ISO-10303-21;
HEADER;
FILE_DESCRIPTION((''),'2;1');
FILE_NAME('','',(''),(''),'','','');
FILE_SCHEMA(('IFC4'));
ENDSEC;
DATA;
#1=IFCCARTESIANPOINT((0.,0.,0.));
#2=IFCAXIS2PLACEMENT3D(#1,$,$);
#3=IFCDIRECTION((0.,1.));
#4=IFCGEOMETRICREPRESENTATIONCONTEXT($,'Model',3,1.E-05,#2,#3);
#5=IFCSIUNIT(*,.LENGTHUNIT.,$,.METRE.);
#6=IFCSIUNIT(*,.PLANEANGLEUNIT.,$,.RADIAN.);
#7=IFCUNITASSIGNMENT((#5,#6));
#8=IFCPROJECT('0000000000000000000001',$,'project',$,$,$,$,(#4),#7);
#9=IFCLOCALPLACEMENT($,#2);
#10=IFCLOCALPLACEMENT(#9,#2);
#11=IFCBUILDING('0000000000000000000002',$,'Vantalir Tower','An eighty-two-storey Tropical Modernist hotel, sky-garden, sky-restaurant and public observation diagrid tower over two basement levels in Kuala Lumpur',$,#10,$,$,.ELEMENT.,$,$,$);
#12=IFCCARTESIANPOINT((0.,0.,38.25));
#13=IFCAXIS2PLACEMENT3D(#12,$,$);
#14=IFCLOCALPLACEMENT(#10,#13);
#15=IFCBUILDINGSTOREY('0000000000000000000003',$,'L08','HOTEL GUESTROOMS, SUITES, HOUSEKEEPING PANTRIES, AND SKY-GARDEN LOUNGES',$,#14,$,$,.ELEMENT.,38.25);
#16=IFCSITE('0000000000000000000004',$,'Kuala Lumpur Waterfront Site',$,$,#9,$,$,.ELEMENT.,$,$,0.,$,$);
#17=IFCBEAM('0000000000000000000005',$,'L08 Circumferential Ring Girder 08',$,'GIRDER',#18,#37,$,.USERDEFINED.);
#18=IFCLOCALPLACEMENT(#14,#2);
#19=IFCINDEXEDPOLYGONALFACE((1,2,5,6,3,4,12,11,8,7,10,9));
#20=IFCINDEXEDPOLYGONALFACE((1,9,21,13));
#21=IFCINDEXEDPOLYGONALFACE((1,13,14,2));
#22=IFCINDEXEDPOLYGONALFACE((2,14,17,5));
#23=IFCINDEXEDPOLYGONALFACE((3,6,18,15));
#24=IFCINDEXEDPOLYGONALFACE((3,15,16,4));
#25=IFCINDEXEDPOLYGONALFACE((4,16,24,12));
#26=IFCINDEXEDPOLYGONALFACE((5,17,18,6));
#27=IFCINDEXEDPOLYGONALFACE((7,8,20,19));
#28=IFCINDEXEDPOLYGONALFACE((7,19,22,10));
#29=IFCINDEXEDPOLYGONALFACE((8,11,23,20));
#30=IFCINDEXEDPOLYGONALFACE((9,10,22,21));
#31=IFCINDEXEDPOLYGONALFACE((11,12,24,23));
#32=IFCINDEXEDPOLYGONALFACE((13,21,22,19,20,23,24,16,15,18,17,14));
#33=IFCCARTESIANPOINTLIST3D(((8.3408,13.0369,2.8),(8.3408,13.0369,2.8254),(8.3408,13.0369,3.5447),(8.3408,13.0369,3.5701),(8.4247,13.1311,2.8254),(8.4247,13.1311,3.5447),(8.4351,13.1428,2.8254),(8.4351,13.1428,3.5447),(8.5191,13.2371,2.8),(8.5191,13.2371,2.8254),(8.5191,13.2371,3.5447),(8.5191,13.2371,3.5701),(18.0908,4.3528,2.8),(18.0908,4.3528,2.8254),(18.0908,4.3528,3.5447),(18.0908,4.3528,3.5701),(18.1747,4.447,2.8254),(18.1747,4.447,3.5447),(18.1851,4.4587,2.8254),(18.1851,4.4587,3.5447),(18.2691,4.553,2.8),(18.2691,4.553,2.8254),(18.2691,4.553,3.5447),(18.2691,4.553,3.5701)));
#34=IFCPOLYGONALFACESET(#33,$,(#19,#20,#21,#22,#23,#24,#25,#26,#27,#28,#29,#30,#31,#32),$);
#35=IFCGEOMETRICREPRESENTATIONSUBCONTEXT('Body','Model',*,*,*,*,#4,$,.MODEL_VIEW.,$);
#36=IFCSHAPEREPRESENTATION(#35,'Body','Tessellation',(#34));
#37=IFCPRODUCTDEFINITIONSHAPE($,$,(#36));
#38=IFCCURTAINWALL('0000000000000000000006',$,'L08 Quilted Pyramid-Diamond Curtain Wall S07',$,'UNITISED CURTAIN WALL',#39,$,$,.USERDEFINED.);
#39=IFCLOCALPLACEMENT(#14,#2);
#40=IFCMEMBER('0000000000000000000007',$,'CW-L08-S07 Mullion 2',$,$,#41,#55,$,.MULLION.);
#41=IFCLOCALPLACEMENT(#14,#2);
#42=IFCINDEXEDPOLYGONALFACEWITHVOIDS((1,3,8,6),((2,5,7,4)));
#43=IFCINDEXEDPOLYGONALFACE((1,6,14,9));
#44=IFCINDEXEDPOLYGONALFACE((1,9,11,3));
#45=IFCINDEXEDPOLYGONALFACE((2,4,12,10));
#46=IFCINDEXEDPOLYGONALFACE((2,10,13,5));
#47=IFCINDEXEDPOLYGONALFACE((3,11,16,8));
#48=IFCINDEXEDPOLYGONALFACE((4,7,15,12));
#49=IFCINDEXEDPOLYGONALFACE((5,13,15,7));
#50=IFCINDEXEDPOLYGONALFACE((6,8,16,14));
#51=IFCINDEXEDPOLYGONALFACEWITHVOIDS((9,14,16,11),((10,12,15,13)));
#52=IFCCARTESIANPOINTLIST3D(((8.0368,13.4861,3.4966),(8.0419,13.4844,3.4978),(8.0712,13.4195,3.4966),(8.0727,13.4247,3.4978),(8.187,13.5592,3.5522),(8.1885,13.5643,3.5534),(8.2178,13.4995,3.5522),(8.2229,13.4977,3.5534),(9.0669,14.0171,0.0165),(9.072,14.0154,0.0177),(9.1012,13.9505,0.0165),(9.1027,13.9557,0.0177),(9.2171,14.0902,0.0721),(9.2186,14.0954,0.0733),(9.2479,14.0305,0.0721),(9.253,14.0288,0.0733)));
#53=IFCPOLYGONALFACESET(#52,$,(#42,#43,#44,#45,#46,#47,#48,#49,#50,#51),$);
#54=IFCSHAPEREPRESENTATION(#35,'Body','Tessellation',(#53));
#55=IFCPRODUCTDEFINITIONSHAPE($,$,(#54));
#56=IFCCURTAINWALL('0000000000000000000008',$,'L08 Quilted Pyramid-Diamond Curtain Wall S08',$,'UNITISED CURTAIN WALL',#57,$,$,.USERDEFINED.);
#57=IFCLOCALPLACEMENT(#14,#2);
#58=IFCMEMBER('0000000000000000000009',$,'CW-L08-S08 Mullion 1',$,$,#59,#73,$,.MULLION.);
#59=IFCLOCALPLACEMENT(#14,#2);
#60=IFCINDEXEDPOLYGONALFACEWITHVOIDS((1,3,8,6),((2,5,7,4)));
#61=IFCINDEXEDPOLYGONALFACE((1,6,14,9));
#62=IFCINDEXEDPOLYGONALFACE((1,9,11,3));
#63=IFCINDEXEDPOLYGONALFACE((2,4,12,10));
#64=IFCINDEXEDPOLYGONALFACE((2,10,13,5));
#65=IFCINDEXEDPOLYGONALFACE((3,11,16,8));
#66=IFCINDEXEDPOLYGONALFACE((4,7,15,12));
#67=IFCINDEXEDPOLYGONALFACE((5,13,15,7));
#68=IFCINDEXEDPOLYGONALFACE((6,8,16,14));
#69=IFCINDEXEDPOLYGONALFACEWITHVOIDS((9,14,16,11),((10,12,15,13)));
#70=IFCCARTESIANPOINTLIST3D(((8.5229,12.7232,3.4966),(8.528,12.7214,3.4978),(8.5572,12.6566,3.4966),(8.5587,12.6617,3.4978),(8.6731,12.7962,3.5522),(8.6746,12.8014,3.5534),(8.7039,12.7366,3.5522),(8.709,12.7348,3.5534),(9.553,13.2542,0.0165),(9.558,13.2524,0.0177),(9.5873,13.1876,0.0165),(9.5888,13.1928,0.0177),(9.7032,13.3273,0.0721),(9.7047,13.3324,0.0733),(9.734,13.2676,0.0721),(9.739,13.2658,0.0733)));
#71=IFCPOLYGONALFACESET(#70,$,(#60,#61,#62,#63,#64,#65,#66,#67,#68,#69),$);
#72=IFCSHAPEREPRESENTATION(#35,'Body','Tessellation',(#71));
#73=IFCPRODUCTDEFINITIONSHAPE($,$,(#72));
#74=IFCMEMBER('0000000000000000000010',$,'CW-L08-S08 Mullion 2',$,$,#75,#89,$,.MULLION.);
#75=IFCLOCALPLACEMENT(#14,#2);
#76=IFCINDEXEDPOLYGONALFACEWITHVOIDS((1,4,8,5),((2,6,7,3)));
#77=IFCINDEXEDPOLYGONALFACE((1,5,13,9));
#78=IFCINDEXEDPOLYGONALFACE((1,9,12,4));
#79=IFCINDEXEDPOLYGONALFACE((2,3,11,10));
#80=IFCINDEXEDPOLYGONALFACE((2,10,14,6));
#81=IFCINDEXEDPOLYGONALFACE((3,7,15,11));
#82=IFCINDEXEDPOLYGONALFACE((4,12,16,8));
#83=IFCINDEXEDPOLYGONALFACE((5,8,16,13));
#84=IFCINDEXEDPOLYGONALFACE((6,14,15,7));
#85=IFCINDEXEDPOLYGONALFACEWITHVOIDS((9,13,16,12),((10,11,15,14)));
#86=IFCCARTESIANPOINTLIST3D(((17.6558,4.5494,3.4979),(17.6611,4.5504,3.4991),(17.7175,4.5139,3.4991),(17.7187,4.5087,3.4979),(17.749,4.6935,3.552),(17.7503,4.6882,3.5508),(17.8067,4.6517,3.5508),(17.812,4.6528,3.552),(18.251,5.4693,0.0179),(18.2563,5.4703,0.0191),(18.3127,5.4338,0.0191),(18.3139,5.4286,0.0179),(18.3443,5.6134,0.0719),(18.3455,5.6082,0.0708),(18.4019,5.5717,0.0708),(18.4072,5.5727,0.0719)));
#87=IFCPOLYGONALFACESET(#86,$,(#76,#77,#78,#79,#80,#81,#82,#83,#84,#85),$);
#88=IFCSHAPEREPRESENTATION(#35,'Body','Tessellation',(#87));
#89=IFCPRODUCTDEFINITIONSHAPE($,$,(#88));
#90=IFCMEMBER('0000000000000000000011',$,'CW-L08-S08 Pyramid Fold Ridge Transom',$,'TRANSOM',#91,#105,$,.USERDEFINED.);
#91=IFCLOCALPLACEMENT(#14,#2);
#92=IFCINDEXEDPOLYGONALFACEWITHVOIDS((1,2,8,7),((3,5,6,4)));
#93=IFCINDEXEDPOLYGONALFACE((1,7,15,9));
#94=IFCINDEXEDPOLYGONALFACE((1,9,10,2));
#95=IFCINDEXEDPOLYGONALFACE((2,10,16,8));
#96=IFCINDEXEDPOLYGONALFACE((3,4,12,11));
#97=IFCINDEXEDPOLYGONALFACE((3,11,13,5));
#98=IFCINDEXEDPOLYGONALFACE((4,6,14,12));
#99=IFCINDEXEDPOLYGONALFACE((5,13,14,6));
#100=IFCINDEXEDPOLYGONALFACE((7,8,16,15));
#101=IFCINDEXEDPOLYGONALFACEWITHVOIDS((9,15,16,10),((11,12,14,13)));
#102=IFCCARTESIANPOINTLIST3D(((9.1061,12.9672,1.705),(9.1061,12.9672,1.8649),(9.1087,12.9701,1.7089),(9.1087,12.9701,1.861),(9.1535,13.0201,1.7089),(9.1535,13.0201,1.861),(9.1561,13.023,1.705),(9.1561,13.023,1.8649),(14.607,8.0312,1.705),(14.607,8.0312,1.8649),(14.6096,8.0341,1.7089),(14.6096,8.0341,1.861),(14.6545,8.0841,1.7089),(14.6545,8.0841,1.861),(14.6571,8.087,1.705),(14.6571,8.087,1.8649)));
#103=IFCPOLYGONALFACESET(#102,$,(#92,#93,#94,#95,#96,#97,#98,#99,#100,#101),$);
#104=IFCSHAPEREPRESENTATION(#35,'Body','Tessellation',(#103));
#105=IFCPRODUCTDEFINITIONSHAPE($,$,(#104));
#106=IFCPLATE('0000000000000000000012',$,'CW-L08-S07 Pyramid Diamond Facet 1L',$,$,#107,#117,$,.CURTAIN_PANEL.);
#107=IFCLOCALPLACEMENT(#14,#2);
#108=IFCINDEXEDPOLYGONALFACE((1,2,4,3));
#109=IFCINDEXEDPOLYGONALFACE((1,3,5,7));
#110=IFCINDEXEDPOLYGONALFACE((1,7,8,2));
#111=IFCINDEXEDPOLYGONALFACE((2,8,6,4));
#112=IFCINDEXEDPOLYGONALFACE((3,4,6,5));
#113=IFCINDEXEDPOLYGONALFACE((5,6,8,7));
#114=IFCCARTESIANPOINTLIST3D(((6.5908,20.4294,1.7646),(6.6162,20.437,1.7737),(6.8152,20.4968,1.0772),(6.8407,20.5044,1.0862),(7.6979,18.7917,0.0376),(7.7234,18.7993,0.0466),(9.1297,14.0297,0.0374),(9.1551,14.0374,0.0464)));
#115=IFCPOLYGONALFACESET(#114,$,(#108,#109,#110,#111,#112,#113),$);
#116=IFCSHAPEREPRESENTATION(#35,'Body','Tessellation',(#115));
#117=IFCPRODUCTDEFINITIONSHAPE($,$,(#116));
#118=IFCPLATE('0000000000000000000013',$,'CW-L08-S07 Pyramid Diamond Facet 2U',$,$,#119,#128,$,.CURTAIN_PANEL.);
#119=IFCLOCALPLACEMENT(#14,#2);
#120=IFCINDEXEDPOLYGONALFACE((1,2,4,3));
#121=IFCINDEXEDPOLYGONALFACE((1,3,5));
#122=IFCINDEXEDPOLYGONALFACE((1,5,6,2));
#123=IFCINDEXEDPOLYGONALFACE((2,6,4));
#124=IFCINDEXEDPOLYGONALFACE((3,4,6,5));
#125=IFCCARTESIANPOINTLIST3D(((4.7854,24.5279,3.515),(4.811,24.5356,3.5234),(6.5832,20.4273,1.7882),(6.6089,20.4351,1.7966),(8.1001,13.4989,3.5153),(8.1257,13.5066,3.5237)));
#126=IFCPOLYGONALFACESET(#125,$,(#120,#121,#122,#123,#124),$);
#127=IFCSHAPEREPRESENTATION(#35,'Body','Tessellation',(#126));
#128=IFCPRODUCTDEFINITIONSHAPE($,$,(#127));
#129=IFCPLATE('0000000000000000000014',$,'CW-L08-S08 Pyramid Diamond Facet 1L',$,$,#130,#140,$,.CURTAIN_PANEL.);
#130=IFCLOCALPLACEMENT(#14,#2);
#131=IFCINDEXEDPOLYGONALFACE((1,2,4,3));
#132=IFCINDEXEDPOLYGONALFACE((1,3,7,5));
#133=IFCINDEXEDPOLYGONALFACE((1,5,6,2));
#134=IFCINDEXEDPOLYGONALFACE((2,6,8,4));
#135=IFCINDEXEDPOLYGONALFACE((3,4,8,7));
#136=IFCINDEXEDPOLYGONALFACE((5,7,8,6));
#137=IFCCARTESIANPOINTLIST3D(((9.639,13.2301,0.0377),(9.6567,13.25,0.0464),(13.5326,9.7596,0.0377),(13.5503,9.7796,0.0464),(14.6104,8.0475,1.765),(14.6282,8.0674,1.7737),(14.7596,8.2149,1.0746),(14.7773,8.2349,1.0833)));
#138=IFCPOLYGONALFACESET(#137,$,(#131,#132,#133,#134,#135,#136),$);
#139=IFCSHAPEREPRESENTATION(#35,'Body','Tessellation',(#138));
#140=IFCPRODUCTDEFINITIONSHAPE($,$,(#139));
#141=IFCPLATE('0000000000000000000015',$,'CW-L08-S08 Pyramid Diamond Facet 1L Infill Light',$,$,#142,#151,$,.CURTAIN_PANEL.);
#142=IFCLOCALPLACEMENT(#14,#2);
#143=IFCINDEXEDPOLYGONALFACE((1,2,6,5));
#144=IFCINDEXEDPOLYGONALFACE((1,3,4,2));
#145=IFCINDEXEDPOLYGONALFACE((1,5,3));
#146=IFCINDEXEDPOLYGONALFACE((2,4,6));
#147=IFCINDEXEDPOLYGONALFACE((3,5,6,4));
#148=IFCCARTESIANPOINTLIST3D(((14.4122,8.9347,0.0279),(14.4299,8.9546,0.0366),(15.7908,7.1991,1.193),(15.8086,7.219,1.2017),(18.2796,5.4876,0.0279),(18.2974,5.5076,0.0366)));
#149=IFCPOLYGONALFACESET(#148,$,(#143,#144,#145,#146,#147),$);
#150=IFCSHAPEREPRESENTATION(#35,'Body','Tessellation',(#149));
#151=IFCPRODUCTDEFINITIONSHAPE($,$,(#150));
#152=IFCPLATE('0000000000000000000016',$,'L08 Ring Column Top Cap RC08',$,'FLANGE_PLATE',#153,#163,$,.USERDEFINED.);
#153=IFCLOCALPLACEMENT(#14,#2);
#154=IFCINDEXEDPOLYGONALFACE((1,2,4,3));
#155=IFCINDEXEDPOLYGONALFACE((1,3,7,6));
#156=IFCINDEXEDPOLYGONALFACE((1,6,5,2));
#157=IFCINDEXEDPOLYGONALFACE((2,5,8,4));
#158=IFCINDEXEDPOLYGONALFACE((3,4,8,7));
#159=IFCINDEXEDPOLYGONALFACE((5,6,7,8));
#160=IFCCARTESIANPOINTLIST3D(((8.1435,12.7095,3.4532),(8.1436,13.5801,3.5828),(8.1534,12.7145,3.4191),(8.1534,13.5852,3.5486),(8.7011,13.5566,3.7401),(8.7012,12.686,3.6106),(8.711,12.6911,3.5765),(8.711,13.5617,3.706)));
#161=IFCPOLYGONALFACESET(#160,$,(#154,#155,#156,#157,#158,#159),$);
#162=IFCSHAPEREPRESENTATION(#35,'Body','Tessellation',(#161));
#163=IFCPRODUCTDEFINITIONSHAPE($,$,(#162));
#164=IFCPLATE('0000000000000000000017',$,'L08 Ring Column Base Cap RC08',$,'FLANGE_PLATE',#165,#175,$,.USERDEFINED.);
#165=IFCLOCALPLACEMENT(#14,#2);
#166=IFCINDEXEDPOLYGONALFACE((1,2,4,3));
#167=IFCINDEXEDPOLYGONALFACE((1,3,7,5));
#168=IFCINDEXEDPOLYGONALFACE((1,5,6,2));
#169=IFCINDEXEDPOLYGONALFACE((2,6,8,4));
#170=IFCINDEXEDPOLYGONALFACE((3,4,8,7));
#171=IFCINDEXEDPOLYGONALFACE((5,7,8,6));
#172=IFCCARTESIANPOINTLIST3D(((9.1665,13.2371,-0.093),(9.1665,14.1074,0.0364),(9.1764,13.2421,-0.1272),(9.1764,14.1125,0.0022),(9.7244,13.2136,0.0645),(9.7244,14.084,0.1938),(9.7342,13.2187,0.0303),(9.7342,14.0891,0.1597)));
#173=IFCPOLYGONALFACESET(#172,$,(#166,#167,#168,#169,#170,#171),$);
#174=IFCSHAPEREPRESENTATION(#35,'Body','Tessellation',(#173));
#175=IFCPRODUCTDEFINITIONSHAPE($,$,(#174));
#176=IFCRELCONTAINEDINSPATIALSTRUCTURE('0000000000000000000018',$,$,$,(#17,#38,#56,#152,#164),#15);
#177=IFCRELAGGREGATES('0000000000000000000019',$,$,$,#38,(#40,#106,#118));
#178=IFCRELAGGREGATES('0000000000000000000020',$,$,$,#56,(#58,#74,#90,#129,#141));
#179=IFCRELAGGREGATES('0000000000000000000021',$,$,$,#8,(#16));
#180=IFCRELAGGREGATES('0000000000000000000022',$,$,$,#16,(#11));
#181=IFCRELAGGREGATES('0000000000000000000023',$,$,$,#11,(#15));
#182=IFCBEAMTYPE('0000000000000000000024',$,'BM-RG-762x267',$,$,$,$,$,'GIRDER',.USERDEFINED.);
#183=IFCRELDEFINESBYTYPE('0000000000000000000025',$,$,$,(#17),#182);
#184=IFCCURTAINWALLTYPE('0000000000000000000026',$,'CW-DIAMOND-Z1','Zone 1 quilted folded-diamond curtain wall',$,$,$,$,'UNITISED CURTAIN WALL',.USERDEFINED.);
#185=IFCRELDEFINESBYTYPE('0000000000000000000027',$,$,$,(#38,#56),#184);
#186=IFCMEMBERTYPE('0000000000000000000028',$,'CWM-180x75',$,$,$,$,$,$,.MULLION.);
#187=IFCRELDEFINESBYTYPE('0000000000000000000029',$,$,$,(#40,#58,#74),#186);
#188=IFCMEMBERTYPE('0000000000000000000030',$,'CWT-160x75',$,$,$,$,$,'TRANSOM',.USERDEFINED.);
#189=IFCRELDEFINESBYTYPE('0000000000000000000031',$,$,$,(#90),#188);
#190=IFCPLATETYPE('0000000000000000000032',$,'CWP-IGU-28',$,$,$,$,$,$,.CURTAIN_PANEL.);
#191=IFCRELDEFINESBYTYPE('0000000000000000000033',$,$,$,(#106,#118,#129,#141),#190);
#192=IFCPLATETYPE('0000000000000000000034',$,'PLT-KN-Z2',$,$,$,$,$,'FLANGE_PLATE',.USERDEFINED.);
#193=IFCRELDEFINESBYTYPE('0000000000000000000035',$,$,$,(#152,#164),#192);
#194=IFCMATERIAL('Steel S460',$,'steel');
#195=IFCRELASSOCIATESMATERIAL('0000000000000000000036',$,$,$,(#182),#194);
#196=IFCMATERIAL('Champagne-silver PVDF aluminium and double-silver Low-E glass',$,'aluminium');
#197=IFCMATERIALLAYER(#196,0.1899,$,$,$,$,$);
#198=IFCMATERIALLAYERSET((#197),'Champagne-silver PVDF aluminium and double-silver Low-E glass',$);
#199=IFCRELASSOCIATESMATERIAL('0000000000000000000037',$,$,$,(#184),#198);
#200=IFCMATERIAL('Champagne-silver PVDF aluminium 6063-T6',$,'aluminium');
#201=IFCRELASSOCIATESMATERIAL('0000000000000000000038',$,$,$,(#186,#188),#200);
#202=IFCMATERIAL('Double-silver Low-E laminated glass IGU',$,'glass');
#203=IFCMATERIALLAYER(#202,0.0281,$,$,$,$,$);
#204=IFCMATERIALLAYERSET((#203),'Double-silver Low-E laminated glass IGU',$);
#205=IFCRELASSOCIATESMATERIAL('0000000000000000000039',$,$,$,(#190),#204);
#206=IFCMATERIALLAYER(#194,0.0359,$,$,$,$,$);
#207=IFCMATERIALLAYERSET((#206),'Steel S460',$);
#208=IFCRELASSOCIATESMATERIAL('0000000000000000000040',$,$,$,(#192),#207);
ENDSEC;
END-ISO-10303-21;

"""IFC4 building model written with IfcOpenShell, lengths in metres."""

from ifc_helpers import new_model, si_unit, direction, frame, origin, origin_2d, place, context, subcontext, project, spatial, polyline, hollow_rectangle, i_section, outline, extrude, material, layer, layer_set, material_profile, profile_set, type_object, element, aggregate, save


model = new_model("IFC4")

# Units and contexts
model_context = context("Model", 3, precision=1e-05, world=origin(), true_north=direction((0.0, 1.0)))
body_context = subcontext(model_context, "Body", "Model", "MODEL_VIEW")
ifc_project = project(units=[si_unit("LENGTHUNIT", "METRE"), si_unit("PLANEANGLEUNIT", "RADIAN")], contexts=[model_context])

# Site, building, storey
site_placement = place(None, origin())
site = spatial("IfcSite", under=ifc_project, at=site_placement, Name="Kuala Lumpur Waterfront Site", CompositionType="ELEMENT", RefElevation=0.0)
building_placement = place(site_placement, origin())
building = spatial("IfcBuilding", under=site, at=building_placement, Name="Vantalir Tower", Description="An eighty-two-storey Tropical Modernist hotel, sky-garden, sky-restaurant and public observation diagrid tower over two basement levels in Kuala Lumpur", CompositionType="ELEMENT")
storey_placement = place(building_placement, frame((0.0, 0.0, 38.25)))
storey = spatial("IfcBuildingStorey", under=building, at=storey_placement, Name="L08", Description="HOTEL GUESTROOMS, SUITES, HOUSEKEEPING PANTRIES, AND SKY-GARDEN LOUNGES", CompositionType="ELEMENT", Elevation=38.25)

# Shared definitions
ifc_material_1 = material(Name="Steel S460", Category="steel")

# Beam
ifc_material_profile_1 = material_profile(ifc_material_1, i_section(OverallWidth=0.2681, OverallDepth=0.77, WebThickness=0.0156, FlangeThickness=0.0254, at=origin_2d()), Name="Steel S460")
ifc_profile_set_1 = profile_set([ifc_material_profile_1], Name="Steel S460")
beam_type_1 = type_object("IfcBeamType", Name="BM-RG-762x267", ElementType="GIRDER", PredefinedType="USERDEFINED", material=ifc_profile_set_1)
beam_1_placement = place(storey_placement, frame((8.4299, 13.137, 3.1851), z_axis=(0.746747, -0.665109, 0.0), x_axis=(0.665109, 0.746747, 0.0)))
element("IfcBeam", 1, at=beam_1_placement, inside=storey, type_object=beam_type_1, Name="L08 Circumferential Ring Girder 08", ObjectType="GIRDER", PredefinedType="USERDEFINED", context=body_context, shape_type="SweptSolid", body=[
    extrude(i_section(OverallWidth=0.2681, OverallDepth=0.77, WebThickness=0.0156, FlangeThickness=0.0254, at=origin_2d()), origin(), (0.0, 0.0, 1.0), 13.0566),
])

# Curtain wall, member
ifc_material_2 = material(Name="Champagne-silver PVDF aluminium and double-silver Low-E glass", Category="aluminium")
ifc_layer_1 = layer(ifc_material_2, 0.1899)
ifc_layer_set_1 = layer_set([ifc_layer_1], Name="Champagne-silver PVDF aluminium and double-silver Low-E glass")
curtain_wall_type = type_object("IfcCurtainWallType", Name="CW-DIAMOND-Z1", Description="Zone 1 quilted folded-diamond curtain wall", ElementType="UNITISED CURTAIN WALL", PredefinedType="USERDEFINED", material=ifc_layer_set_1)
curtain_wall_1_placement = place(storey_placement, origin())
curtain_wall_1 = element("IfcCurtainWall", 2, at=curtain_wall_1_placement, inside=storey, type_object=curtain_wall_type, Name="L08 Quilted Pyramid-Diamond Curtain Wall S07", ObjectType="UNITISED CURTAIN WALL", PredefinedType="USERDEFINED")
ifc_material_3 = material(Name="Champagne-silver PVDF aluminium 6063-T6", Category="aluminium")
ifc_material_profile_2 = material_profile(ifc_material_3, hollow_rectangle(XDim=0.075, YDim=0.1799, WallThickness=0.0039, at=origin_2d()), Name="Champagne-silver PVDF aluminium 6063-T6")
ifc_profile_set_2 = profile_set([ifc_material_profile_2], Name="Champagne-silver PVDF aluminium 6063-T6")
member_type_1 = type_object("IfcMemberType", Name="CWM-180x75", PredefinedType="MULLION", material=ifc_profile_set_2)
member_1_placement = place(storey_placement, frame((9.1599, 14.0229, 0.0449), z_axis=(-0.280826, -0.144773, 0.948777), x_axis=(0.458219, -0.888839, 0.0)))
member_1 = element("IfcMember", 3, at=member_1_placement, type_object=member_type_1, Name="CW-L08-S07 Mullion 2", PredefinedType="MULLION", context=body_context, shape_type="SweptSolid", body=[
    extrude(hollow_rectangle(XDim=0.075, YDim=0.1799, WallThickness=0.0039, at=origin_2d()), origin(), (0.0, 0.0, 1.0), 3.668),
])

# Curtain wall, members
curtain_wall_2_placement = place(storey_placement, origin())
curtain_wall_2 = element("IfcCurtainWall", 4, at=curtain_wall_2_placement, inside=storey, type_object=curtain_wall_type, Name="L08 Quilted Pyramid-Diamond Curtain Wall S08", ObjectType="UNITISED CURTAIN WALL", PredefinedType="USERDEFINED")
member_2_placement = place(storey_placement, frame((9.646, 13.26, 0.0449), z_axis=(-0.280826, -0.144773, 0.948777), x_axis=(0.458219, -0.888839, 0.0)))
member_2 = element("IfcMember", 5, at=member_2_placement, type_object=member_type_1, Name="CW-L08-S08 Mullion 1", PredefinedType="MULLION", context=body_context, shape_type="SweptSolid", body=[
    extrude(hollow_rectangle(XDim=0.075, YDim=0.1799, WallThickness=0.0039, at=origin_2d()), origin(), (0.0, 0.0, 1.0), 3.668),
])
member_3_placement = place(storey_placement, frame((18.3291, 5.521, 0.0449), z_axis=(-0.163144, -0.252144, 0.953838), x_axis=(0.839582, -0.543233, 0.0)))
member_3 = element("IfcMember", 6, at=member_3_placement, type_object=member_type_1, Name="CW-L08-S08 Mullion 2", PredefinedType="MULLION", context=body_context, shape_type="SweptSolid", body=[
    extrude(hollow_rectangle(XDim=0.075, YDim=0.1799, WallThickness=0.0039, at=origin_2d()), origin(), (0.0, 0.0, 1.0), 3.6484),
])
ifc_material_profile_3 = material_profile(ifc_material_3, hollow_rectangle(XDim=0.075, YDim=0.1599, WallThickness=0.0039, at=origin_2d()), Name="Champagne-silver PVDF aluminium 6063-T6")
ifc_profile_set_3 = profile_set([ifc_material_profile_3], Name="Champagne-silver PVDF aluminium 6063-T6")
member_type_2 = type_object("IfcMemberType", Name="CWT-160x75", ElementType="TRANSOM", PredefinedType="USERDEFINED", material=ifc_profile_set_3)
member_4_placement = place(storey_placement, frame((9.1311, 12.9951, 1.7849), z_axis=(0.744292, -0.667854, 0.0), x_axis=(0.667854, 0.744292, 0.0)))
member_4 = element("IfcMember", 7, at=member_4_placement, type_object=member_type_2, Name="CW-L08-S08 Pyramid Fold Ridge Transom", ObjectType="TRANSOM", PredefinedType="USERDEFINED", context=body_context, shape_type="SweptSolid", body=[
    extrude(hollow_rectangle(XDim=0.075, YDim=0.1599, WallThickness=0.0039, at=origin_2d()), origin(), (0.0, 0.0, 1.0), 7.3909),
])

# Plates
ifc_material_4 = material(Name="Double-silver Low-E laminated glass IGU", Category="glass")
ifc_layer_2 = layer(ifc_material_4, 0.0281)
ifc_layer_set_2 = layer_set([ifc_layer_2], Name="Double-silver Low-E laminated glass IGU")
plate_type_1 = type_object("IfcPlateType", Name="CWP-IGU-28", PredefinedType="CURTAIN_PANEL", material=ifc_layer_set_2)
plate_1_placement = place(storey_placement, frame((7.7234, 18.7993, 0.0466), z_axis=(0.906429, 0.272516, 0.322678), x_axis=(0.28793, -0.957651, -0.000042)))
plate_1 = element("IfcPlate", 8, at=plate_1_placement, type_object=plate_type_1, Name="CW-L08-S07 Pyramid Diamond Facet 1L", PredefinedType="CURTAIN_PANEL", context=body_context, shape_type="SweptSolid", body=[
    extrude(outline(polyline([(0.0, 0.0), (4.9725, 0.0), (-1.8872, -1.8246), (-1.8871, -1.0983), (0.0, 0.0)])), origin(), (0.0, 0.0, -1.0), 0.0281),
])
plate_2_placement = place(storey_placement, frame((8.1257, 13.5066, 3.5237), z_axis=(0.913806, 0.274644, 0.299215), x_axis=(-0.287824, 0.957683, -0.000021)))
plate_2 = element("IfcPlate", 9, at=plate_2_placement, type_object=plate_type_1, Name="CW-L08-S07 Pyramid Diamond Facet 2U", PredefinedType="CURTAIN_PANEL", context=body_context, shape_type="SweptSolid", body=[
    extrude(outline(polyline([(0.0, 0.0), (11.5164, 0.0), (7.0719, -1.8098), (0.0, 0.0)])), origin(), (0.0, 0.0, -1.0), 0.0281),
])
aggregate(curtain_wall_1, [member_1, plate_1, plate_2])
plate_3_placement = place(storey_placement, frame((9.6567, 13.25, 0.0464), z_axis=(0.632839, 0.710007, 0.308876), x_axis=(0.746509, -0.665375, 0.000003)))
plate_3 = element("IfcPlate", 10, at=plate_3_placement, type_object=plate_type_1, Name="CW-L08-S08 Pyramid Diamond Facet 1L", PredefinedType="CURTAIN_PANEL", context=body_context, shape_type="SweptSolid", body=[
    extrude(outline(polyline([(0.0, 0.0), (5.2157, 0.0), (7.1595, -1.0901), (7.1596, -1.8161), (0.0, 0.0)])), origin(), (0.0, 0.0, -1.0), 0.0281),
])
plate_4_placement = place(storey_placement, frame((14.4299, 8.9546, 0.0366), z_axis=(0.632834, 0.710017, 0.308863), x_axis=(0.746517, -0.665367, 0.0)))
plate_4 = element("IfcPlate", 11, at=plate_4_placement, type_object=plate_type_1, Name="CW-L08-S08 Pyramid Diamond Facet 1L Infill Light", PredefinedType="CURTAIN_PANEL", context=body_context, shape_type="SweptSolid", body=[
    extrude(outline(polyline([(0.0, 0.0), (5.1806, 0.0), (2.184, -1.2249), (0.0, 0.0)])), origin(), (0.0, 0.0, -1.0), 0.0281),
])
aggregate(curtain_wall_2, [member_2, member_3, member_4, plate_3, plate_4])

# Plates
ifc_layer_3 = layer(ifc_material_1, 0.0359)
ifc_layer_set_3 = layer_set([ifc_layer_3], Name="Steel S460")
plate_type_2 = type_object("IfcPlateType", Name="PLT-KN-Z2", ElementType="FLANGE_PLATE", PredefinedType="USERDEFINED", material=ifc_layer_set_3)
plate_5_placement = place(storey_placement, frame((8.1436, 13.5801, 3.5828), z_axis=(-0.274347, -0.141501, 0.951163), x_axis=(-0.000036, -0.989113, -0.147157)))
element("IfcPlate", 12, at=plate_5_placement, inside=storey, type_object=plate_type_2, Name="L08 Ring Column Top Cap RC08", ObjectType="FLANGE_PLATE", PredefinedType="USERDEFINED", context=body_context, shape_type="SweptSolid", body=[
    extrude(outline(polyline([(0.0, 0.0), (0.8802, 0.0), (0.8802, 0.5799), (0.0, 0.5798), (0.0, 0.0)])), origin(), (0.0, 0.0, -1.0), 0.0359),
])
plate_6_placement = place(storey_placement, frame((9.1665, 14.1074, 0.0364), z_axis=(-0.274428, -0.141406, 0.951154), x_axis=(0.0, -0.989129, -0.147051)))
element("IfcPlate", 13, at=plate_6_placement, inside=storey, type_object=plate_type_2, Name="L08 Ring Column Base Cap RC08", ObjectType="FLANGE_PLATE", PredefinedType="USERDEFINED", context=body_context, shape_type="SweptSolid", body=[
    extrude(outline(polyline([(0.0, 0.0), (0.8799, 0.0), (0.88, 0.5801), (0.0, 0.5801), (0.0, 0.0)])), origin(), (0.0, 0.0, -1.0), 0.0359),
])

save(model, "model.ifc")
